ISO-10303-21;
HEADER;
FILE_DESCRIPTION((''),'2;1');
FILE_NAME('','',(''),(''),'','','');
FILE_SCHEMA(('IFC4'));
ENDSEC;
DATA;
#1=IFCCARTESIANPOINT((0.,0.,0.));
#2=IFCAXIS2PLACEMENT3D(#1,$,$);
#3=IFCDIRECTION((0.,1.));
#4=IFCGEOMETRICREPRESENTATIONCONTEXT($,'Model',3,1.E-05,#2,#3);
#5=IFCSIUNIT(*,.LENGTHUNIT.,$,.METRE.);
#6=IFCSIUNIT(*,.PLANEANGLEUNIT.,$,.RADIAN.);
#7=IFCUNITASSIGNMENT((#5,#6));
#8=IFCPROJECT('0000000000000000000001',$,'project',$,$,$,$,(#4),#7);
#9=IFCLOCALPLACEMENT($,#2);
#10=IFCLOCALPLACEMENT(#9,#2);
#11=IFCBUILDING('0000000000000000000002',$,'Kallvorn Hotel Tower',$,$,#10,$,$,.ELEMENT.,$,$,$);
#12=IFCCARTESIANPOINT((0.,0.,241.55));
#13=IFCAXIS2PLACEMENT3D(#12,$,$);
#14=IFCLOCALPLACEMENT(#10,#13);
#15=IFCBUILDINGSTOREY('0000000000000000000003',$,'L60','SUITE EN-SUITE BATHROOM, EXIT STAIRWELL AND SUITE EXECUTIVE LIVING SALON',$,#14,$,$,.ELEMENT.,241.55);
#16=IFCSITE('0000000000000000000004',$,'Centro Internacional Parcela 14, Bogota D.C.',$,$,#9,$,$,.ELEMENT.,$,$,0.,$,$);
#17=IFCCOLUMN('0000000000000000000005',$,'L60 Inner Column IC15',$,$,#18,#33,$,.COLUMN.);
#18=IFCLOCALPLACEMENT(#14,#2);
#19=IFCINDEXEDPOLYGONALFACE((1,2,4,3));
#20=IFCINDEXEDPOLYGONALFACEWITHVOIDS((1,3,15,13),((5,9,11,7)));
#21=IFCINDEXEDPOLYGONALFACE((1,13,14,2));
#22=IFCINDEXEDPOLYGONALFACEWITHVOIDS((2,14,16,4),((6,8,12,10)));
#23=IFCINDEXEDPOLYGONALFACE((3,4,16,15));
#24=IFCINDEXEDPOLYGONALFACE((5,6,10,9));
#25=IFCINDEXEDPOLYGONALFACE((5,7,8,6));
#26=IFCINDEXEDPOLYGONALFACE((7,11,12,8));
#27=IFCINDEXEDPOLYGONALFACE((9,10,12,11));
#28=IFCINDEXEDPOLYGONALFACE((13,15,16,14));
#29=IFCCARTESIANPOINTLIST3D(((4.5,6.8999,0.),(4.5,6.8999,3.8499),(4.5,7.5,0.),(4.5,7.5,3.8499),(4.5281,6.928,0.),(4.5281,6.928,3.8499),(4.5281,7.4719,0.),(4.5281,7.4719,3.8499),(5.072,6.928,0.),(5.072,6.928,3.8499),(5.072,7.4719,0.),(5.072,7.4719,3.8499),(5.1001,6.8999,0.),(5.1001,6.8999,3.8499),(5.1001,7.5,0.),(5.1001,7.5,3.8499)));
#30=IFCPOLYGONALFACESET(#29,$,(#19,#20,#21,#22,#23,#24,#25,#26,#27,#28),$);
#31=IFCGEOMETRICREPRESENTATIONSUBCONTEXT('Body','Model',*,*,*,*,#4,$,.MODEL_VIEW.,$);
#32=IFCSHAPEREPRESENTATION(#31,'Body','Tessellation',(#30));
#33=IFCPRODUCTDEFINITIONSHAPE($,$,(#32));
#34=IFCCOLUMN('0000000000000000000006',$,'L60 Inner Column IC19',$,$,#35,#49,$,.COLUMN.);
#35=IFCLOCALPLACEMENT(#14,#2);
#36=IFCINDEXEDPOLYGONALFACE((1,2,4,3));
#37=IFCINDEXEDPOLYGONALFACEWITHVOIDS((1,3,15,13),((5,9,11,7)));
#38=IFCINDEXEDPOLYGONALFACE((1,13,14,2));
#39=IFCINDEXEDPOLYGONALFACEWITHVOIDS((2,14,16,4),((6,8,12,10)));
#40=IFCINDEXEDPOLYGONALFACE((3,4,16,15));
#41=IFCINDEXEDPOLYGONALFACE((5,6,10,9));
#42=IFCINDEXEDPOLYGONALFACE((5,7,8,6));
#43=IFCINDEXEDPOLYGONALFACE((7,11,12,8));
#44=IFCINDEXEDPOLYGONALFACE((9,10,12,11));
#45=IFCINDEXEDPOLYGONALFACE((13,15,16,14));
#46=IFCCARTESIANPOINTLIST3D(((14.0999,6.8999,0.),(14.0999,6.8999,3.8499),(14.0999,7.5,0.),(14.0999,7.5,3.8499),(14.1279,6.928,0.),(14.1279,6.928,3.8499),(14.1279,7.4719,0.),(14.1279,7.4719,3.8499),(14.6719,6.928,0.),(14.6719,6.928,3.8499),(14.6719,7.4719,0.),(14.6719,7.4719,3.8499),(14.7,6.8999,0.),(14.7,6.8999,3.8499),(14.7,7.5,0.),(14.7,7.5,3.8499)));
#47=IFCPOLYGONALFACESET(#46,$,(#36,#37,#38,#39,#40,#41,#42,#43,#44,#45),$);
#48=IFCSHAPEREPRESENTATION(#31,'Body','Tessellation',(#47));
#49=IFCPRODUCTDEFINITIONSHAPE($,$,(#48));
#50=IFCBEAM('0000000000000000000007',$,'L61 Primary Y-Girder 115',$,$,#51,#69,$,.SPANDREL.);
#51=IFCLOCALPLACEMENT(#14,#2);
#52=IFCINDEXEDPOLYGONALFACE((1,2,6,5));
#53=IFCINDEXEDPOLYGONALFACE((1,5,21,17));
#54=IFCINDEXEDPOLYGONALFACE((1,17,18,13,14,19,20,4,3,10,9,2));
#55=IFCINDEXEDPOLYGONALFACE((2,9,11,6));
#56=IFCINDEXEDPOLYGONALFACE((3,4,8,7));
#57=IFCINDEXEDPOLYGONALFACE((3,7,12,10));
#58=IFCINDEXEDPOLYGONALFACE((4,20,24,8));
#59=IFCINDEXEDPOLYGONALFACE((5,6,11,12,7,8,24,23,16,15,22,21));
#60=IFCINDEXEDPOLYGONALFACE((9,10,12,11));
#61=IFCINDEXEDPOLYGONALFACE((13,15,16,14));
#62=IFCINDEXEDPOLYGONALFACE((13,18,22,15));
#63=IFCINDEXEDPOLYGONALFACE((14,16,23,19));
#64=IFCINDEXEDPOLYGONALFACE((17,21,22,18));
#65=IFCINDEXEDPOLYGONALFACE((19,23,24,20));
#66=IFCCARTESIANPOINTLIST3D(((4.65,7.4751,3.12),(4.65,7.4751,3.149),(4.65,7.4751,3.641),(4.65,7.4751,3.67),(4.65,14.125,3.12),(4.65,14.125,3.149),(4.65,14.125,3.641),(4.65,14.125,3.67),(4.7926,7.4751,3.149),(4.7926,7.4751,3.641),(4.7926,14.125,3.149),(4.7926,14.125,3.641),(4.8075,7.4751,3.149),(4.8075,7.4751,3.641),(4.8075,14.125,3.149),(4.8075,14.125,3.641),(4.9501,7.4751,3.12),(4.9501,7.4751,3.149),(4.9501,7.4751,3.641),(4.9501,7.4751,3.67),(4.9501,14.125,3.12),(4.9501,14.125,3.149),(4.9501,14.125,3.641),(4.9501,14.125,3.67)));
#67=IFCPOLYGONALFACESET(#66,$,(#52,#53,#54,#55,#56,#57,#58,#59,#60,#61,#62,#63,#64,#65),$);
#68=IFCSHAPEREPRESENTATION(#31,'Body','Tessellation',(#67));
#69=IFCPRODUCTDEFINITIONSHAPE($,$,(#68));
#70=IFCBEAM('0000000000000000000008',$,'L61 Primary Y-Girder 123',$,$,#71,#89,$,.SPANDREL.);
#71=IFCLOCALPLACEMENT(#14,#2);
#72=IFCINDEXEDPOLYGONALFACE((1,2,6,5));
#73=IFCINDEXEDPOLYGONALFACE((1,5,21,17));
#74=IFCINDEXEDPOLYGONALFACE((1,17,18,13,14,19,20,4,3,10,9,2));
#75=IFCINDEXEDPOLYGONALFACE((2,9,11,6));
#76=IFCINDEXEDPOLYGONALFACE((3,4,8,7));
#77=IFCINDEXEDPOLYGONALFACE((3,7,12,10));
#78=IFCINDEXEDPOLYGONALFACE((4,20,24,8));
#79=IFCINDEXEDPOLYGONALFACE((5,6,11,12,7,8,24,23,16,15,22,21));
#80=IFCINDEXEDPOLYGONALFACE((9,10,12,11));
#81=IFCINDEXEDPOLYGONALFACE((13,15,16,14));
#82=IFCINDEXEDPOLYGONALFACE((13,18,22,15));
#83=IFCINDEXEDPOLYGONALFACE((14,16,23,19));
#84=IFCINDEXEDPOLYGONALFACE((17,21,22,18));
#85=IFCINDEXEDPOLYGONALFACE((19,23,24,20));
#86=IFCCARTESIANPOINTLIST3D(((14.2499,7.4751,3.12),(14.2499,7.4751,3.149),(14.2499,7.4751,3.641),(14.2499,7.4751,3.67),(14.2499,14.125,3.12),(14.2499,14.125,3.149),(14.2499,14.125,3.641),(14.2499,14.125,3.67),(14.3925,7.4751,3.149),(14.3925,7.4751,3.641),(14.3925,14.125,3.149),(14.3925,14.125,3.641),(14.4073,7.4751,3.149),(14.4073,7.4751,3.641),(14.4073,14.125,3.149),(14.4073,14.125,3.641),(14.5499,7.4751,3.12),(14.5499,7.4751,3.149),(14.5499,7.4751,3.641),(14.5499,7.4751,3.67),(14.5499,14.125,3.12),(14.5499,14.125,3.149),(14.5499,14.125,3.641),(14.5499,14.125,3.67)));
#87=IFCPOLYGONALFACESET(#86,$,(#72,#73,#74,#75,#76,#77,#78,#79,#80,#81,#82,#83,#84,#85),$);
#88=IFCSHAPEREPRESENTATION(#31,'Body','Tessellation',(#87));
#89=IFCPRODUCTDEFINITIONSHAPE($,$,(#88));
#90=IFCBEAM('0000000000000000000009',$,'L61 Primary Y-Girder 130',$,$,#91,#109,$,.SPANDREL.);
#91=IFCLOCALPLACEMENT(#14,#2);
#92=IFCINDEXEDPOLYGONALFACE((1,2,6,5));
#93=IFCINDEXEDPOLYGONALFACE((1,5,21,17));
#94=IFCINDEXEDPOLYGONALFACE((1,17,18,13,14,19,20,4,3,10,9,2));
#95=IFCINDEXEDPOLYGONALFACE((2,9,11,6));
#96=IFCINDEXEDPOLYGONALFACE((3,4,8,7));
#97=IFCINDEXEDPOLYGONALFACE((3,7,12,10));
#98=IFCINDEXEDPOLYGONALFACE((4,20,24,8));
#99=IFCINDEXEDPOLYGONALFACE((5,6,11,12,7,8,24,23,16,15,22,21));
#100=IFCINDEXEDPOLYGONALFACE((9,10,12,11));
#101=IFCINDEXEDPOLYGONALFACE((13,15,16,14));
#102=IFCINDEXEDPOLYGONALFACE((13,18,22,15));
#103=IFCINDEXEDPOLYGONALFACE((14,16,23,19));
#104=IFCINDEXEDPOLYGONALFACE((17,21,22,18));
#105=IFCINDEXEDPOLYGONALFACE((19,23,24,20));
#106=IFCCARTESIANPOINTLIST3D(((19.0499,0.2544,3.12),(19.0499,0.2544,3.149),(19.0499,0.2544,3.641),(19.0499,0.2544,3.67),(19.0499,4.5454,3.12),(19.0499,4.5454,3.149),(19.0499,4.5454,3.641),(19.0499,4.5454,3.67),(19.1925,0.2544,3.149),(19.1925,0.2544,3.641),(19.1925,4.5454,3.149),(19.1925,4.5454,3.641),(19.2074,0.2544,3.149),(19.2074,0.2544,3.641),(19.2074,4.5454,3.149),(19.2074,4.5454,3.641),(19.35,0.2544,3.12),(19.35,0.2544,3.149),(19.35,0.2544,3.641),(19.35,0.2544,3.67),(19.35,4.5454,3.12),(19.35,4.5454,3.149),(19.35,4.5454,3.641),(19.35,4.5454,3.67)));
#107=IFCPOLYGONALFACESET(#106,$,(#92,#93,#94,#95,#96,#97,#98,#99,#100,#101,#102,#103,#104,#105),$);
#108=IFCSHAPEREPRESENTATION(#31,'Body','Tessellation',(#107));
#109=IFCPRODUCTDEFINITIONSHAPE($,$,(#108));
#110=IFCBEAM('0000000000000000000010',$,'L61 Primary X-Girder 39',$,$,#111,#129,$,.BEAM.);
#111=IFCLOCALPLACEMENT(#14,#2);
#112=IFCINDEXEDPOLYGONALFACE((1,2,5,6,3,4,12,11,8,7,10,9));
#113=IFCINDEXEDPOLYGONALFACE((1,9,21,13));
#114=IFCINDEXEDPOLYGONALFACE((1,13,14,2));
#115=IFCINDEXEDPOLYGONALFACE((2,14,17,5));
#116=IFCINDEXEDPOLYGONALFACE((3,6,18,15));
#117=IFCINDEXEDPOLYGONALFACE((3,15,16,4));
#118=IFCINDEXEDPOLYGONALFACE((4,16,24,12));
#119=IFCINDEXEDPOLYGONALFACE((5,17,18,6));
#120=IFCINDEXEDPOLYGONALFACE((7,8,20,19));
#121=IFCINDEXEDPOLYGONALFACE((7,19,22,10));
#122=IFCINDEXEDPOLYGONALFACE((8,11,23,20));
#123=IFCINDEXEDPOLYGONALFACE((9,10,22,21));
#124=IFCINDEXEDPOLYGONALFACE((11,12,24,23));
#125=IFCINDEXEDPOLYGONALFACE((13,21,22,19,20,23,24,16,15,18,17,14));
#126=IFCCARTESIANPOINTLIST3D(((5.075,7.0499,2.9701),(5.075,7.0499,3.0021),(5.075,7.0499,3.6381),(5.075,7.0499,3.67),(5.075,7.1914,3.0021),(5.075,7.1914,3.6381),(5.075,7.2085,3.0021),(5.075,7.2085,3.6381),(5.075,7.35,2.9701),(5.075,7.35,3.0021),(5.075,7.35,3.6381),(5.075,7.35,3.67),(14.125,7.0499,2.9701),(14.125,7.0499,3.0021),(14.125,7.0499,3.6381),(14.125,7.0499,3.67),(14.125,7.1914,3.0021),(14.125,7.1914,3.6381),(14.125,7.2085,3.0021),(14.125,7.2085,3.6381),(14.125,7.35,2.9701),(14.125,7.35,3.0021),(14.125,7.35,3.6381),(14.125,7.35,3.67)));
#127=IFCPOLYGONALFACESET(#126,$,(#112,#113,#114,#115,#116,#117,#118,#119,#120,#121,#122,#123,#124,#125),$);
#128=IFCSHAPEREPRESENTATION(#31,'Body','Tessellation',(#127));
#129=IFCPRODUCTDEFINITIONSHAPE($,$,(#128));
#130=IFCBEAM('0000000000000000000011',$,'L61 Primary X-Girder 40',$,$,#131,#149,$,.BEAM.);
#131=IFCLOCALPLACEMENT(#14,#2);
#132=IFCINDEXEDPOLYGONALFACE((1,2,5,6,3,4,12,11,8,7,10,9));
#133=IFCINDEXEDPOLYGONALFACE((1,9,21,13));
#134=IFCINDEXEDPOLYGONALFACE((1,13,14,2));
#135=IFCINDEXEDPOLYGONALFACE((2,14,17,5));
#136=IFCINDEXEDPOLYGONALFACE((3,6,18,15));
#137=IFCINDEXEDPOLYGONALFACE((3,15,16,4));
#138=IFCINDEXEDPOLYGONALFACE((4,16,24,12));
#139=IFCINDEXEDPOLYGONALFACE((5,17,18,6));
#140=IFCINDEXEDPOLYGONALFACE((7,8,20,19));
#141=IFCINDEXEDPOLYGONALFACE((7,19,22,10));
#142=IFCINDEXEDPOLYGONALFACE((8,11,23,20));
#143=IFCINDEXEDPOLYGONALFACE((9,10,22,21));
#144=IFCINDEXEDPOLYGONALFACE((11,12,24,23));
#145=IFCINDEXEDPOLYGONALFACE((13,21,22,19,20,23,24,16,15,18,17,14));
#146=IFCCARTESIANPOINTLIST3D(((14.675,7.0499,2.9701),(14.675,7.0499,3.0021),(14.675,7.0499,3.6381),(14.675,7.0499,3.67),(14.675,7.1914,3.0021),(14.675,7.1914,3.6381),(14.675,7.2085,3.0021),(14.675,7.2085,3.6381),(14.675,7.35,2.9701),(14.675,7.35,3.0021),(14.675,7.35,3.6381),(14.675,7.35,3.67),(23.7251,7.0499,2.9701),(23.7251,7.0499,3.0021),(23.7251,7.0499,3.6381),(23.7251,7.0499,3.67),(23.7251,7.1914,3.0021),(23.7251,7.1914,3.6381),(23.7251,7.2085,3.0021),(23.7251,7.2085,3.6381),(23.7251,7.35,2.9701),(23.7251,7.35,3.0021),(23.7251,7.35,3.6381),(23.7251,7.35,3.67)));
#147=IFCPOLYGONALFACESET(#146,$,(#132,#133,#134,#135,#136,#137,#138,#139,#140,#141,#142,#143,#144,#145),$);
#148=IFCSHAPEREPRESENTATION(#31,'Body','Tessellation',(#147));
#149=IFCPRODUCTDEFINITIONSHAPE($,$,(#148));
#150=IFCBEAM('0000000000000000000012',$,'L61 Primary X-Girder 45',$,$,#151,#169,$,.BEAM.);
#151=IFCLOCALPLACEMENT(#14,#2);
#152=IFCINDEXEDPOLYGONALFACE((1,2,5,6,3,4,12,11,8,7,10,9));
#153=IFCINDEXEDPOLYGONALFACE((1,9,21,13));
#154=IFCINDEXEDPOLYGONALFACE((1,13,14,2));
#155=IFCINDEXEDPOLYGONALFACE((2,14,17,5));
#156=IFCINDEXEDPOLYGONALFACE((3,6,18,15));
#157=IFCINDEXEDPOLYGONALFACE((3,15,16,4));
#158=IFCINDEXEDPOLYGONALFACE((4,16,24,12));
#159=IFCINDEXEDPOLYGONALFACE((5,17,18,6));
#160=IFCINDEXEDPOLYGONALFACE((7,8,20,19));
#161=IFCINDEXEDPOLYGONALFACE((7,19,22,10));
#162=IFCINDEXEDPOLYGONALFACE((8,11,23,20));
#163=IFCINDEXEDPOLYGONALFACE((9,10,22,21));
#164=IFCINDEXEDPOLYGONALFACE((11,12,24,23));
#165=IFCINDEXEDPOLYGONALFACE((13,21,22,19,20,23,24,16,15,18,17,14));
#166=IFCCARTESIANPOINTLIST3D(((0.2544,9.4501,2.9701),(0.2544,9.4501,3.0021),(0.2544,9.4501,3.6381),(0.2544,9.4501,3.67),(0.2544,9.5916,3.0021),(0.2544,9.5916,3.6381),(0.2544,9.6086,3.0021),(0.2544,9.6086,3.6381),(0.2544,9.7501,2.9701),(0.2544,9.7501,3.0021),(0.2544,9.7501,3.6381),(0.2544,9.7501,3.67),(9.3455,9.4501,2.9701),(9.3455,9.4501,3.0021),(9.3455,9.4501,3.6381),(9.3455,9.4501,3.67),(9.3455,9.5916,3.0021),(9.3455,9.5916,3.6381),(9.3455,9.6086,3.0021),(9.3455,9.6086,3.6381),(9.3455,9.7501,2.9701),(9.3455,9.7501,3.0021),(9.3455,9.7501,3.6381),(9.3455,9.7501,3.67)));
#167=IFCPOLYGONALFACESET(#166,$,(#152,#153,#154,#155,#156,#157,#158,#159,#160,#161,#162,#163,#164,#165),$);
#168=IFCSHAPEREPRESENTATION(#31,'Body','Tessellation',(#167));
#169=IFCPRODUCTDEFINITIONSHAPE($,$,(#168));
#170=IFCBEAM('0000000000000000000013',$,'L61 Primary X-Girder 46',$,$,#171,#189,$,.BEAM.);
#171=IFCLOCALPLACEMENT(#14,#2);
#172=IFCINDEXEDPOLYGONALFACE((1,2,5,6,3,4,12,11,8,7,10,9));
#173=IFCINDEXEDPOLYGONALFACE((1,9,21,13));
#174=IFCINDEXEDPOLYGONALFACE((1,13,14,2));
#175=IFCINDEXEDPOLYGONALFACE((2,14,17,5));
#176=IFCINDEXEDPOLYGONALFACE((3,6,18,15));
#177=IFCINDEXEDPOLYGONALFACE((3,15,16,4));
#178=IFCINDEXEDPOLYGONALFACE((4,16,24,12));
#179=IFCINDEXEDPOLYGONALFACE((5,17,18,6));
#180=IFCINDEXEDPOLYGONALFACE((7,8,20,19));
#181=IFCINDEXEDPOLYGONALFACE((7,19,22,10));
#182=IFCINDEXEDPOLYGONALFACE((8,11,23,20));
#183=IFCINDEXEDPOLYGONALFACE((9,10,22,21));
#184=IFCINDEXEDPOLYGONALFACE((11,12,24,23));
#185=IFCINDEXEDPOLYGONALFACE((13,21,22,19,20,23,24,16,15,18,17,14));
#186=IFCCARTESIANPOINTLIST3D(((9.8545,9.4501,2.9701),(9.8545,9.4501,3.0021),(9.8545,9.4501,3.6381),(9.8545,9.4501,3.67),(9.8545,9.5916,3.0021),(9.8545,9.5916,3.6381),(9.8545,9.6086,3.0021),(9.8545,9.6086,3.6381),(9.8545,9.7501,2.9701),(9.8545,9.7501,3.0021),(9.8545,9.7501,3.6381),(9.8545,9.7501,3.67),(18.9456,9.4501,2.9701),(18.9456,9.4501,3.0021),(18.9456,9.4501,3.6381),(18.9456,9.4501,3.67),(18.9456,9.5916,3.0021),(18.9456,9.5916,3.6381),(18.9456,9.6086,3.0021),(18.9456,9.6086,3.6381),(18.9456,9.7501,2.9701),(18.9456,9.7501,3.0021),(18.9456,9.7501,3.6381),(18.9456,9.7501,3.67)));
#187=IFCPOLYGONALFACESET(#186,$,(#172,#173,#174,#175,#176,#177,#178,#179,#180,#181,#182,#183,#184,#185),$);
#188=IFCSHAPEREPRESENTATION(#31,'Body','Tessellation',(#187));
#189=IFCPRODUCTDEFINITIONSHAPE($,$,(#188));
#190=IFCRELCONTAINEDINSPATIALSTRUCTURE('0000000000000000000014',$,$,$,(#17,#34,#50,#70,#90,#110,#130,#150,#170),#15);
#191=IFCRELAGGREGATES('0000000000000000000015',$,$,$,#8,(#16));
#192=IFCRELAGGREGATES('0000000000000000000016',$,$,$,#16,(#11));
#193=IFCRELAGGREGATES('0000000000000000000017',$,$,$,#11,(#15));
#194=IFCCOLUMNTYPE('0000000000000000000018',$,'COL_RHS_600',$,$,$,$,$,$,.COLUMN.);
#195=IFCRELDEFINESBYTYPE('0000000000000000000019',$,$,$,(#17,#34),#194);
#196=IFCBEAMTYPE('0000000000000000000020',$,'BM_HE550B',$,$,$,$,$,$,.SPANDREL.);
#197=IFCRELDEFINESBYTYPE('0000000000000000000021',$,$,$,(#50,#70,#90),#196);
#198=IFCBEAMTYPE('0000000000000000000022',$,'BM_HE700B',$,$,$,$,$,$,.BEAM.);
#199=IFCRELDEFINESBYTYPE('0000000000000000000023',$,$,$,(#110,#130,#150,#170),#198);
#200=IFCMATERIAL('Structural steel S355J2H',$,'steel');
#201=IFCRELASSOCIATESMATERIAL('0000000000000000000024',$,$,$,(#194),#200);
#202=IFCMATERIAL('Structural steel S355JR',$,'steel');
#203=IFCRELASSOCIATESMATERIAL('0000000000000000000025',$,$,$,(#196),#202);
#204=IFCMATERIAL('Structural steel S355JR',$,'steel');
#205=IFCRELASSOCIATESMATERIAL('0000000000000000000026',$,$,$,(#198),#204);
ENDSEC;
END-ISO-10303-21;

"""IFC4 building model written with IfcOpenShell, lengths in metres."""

from ifc_helpers import new_model, si_unit, direction, frame, origin, origin_2d, place, context, subcontext, project, spatial, hollow_rectangle, i_section, extrude, material, material_profile, profile_set, type_object, element, save


model = new_model("IFC4")

# Units and contexts
model_context = context("Model", 3, precision=1e-05, world=origin(), true_north=direction((0.0, 1.0)))
body_context = subcontext(model_context, "Body", "Model", "MODEL_VIEW")
ifc_project = project(units=[si_unit("LENGTHUNIT", "METRE"), si_unit("PLANEANGLEUNIT", "RADIAN")], contexts=[model_context])

# Site, building, storey
site_placement = place(None, origin())
site = spatial("IfcSite", under=ifc_project, at=site_placement, Name="Centro Internacional Parcela 14, Bogota D.C.", CompositionType="ELEMENT", RefElevation=0.0)
building_placement = place(site_placement, origin())
building = spatial("IfcBuilding", under=site, at=building_placement, Name="Kallvorn Hotel Tower", CompositionType="ELEMENT")
storey_placement = place(building_placement, frame((0.0, 0.0, 241.55)))
storey = spatial("IfcBuildingStorey", under=building, at=storey_placement, Name="L60", Description="SUITE EN-SUITE BATHROOM, EXIT STAIRWELL AND SUITE EXECUTIVE LIVING SALON", CompositionType="ELEMENT", Elevation=241.55)

# Columns
ifc_material_1 = material(Name="Structural steel S355J2H", Category="steel")
ifc_material_profile_1 = material_profile(ifc_material_1, hollow_rectangle(XDim=0.6001, YDim=0.6001, WallThickness=0.0281, at=origin_2d()), Name="RHS 600x600x28")
ifc_profile_set_1 = profile_set([ifc_material_profile_1], Name="Structural steel S355J2H")
column_type_1 = type_object("IfcColumnType", Name="COL_RHS_600", PredefinedType="COLUMN", material=ifc_profile_set_1)
for number, where, z_axis, x_axis, name in (
    (1, (4.8, 7.2, 0.0), (0.0, 0.0, 1.0), (1.0, 0.0, 0.0), "L60 Inner Column IC15"),
    (2, (14.3999, 7.2, 0.0), (0.0, 0.0, 1.0), (1.0, 0.0, 0.0), "L60 Inner Column IC19"),
):
    element("IfcColumn", number, at=place(storey_placement, frame(where, z_axis=z_axis, x_axis=x_axis)), inside=storey, type_object=column_type_1, Name=name, PredefinedType="COLUMN", context=body_context, shape_type="SweptSolid", body=[
        extrude(hollow_rectangle(XDim=0.6001, YDim=0.6001, WallThickness=0.0281, at=origin_2d()), origin(), (0.0, 0.0, 1.0), 3.8499),
    ])

# Beams
ifc_material_2 = material(Name="Structural steel S355JR", Category="steel")
ifc_material_profile_2 = material_profile(ifc_material_2, i_section(OverallWidth=0.3, OverallDepth=0.55, WebThickness=0.0149, FlangeThickness=0.0291, at=origin_2d()), Name="HE 550 B")
ifc_profile_set_2 = profile_set([ifc_material_profile_2], Name="Structural steel S355JR")
beam_type_1 = type_object("IfcBeamType", Name="BM_HE550B", PredefinedType="SPANDREL", material=ifc_profile_set_2)
for number, where, z_axis, x_axis, name in (
    (3, (4.8, 7.4751, 3.395), (0.0, 1.0, 0.0), (-1.0, 0.0, 0.0), "L61 Primary Y-Girder 115"),
    (4, (14.3999, 7.4751, 3.395), (0.0, 1.0, 0.0), (-1.0, 0.0, 0.0), "L61 Primary Y-Girder 123"),
):
    element("IfcBeam", number, at=place(storey_placement, frame(where, z_axis=z_axis, x_axis=x_axis)), inside=storey, type_object=beam_type_1, Name=name, PredefinedType="SPANDREL", context=body_context, shape_type="SweptSolid", body=[
        extrude(i_section(OverallWidth=0.3, OverallDepth=0.55, WebThickness=0.0149, FlangeThickness=0.0291, at=origin_2d()), origin(), (0.0, 0.0, 1.0), 6.6499),
    ])
beam_placement = place(storey_placement, frame((19.2, 0.2544, 3.395), z_axis=(0.0, 1.0, 0.0), x_axis=(-1.0, 0.0, 0.0)))
element("IfcBeam", 5, at=beam_placement, inside=storey, type_object=beam_type_1, Name="L61 Primary Y-Girder 130", PredefinedType="SPANDREL", context=body_context, shape_type="SweptSolid", body=[
    extrude(i_section(OverallWidth=0.3, OverallDepth=0.55, WebThickness=0.0149, FlangeThickness=0.0291, at=origin_2d()), origin(), (0.0, 0.0, 1.0), 4.291),
])
ifc_material_3 = material(Name="Structural steel S355JR", Category="steel")
ifc_material_profile_3 = material_profile(ifc_material_3, i_section(OverallWidth=0.3, OverallDepth=0.7, WebThickness=0.0171, FlangeThickness=0.032, at=origin_2d()), Name="HE 700 B")
ifc_profile_set_3 = profile_set([ifc_material_profile_3], Name="Structural steel S355JR")
beam_type_2 = type_object("IfcBeamType", Name="BM_HE700B", PredefinedType="BEAM", material=ifc_profile_set_3)
for number, where, z_axis, x_axis, name in (
    (6, (5.075, 7.2, 3.3201), (1.0, 0.0, 0.0), (0.0, 1.0, 0.0), "L61 Primary X-Girder 39"),
    (7, (14.675, 7.2, 3.3201), (1.0, 0.0, 0.0), (0.0, 1.0, 0.0), "L61 Primary X-Girder 40"),
):
    element("IfcBeam", number, at=place(storey_placement, frame(where, z_axis=z_axis, x_axis=x_axis)), inside=storey, type_object=beam_type_2, Name=name, PredefinedType="BEAM", context=body_context, shape_type="SweptSolid", body=[
        extrude(i_section(OverallWidth=0.3, OverallDepth=0.7, WebThickness=0.0171, FlangeThickness=0.032, at=origin_2d()), origin(), (0.0, 0.0, 1.0), 9.05),
    ])
for number, where, z_axis, x_axis, name in (
    (8, (0.2544, 9.6001, 3.3201), (1.0, 0.0, 0.0), (0.0, 1.0, 0.0), "L61 Primary X-Girder 45"),
    (9, (9.8545, 9.6001, 3.3201), (1.0, 0.0, 0.0), (0.0, 1.0, 0.0), "L61 Primary X-Girder 46"),
):
    element("IfcBeam", number, at=place(storey_placement, frame(where, z_axis=z_axis, x_axis=x_axis)), inside=storey, type_object=beam_type_2, Name=name, PredefinedType="BEAM", context=body_context, shape_type="SweptSolid", body=[
        extrude(i_section(OverallWidth=0.3, OverallDepth=0.7, WebThickness=0.0171, FlangeThickness=0.032, at=origin_2d()), origin(), (0.0, 0.0, 1.0), 9.0911),
    ])

save(model, "model.ifc")
